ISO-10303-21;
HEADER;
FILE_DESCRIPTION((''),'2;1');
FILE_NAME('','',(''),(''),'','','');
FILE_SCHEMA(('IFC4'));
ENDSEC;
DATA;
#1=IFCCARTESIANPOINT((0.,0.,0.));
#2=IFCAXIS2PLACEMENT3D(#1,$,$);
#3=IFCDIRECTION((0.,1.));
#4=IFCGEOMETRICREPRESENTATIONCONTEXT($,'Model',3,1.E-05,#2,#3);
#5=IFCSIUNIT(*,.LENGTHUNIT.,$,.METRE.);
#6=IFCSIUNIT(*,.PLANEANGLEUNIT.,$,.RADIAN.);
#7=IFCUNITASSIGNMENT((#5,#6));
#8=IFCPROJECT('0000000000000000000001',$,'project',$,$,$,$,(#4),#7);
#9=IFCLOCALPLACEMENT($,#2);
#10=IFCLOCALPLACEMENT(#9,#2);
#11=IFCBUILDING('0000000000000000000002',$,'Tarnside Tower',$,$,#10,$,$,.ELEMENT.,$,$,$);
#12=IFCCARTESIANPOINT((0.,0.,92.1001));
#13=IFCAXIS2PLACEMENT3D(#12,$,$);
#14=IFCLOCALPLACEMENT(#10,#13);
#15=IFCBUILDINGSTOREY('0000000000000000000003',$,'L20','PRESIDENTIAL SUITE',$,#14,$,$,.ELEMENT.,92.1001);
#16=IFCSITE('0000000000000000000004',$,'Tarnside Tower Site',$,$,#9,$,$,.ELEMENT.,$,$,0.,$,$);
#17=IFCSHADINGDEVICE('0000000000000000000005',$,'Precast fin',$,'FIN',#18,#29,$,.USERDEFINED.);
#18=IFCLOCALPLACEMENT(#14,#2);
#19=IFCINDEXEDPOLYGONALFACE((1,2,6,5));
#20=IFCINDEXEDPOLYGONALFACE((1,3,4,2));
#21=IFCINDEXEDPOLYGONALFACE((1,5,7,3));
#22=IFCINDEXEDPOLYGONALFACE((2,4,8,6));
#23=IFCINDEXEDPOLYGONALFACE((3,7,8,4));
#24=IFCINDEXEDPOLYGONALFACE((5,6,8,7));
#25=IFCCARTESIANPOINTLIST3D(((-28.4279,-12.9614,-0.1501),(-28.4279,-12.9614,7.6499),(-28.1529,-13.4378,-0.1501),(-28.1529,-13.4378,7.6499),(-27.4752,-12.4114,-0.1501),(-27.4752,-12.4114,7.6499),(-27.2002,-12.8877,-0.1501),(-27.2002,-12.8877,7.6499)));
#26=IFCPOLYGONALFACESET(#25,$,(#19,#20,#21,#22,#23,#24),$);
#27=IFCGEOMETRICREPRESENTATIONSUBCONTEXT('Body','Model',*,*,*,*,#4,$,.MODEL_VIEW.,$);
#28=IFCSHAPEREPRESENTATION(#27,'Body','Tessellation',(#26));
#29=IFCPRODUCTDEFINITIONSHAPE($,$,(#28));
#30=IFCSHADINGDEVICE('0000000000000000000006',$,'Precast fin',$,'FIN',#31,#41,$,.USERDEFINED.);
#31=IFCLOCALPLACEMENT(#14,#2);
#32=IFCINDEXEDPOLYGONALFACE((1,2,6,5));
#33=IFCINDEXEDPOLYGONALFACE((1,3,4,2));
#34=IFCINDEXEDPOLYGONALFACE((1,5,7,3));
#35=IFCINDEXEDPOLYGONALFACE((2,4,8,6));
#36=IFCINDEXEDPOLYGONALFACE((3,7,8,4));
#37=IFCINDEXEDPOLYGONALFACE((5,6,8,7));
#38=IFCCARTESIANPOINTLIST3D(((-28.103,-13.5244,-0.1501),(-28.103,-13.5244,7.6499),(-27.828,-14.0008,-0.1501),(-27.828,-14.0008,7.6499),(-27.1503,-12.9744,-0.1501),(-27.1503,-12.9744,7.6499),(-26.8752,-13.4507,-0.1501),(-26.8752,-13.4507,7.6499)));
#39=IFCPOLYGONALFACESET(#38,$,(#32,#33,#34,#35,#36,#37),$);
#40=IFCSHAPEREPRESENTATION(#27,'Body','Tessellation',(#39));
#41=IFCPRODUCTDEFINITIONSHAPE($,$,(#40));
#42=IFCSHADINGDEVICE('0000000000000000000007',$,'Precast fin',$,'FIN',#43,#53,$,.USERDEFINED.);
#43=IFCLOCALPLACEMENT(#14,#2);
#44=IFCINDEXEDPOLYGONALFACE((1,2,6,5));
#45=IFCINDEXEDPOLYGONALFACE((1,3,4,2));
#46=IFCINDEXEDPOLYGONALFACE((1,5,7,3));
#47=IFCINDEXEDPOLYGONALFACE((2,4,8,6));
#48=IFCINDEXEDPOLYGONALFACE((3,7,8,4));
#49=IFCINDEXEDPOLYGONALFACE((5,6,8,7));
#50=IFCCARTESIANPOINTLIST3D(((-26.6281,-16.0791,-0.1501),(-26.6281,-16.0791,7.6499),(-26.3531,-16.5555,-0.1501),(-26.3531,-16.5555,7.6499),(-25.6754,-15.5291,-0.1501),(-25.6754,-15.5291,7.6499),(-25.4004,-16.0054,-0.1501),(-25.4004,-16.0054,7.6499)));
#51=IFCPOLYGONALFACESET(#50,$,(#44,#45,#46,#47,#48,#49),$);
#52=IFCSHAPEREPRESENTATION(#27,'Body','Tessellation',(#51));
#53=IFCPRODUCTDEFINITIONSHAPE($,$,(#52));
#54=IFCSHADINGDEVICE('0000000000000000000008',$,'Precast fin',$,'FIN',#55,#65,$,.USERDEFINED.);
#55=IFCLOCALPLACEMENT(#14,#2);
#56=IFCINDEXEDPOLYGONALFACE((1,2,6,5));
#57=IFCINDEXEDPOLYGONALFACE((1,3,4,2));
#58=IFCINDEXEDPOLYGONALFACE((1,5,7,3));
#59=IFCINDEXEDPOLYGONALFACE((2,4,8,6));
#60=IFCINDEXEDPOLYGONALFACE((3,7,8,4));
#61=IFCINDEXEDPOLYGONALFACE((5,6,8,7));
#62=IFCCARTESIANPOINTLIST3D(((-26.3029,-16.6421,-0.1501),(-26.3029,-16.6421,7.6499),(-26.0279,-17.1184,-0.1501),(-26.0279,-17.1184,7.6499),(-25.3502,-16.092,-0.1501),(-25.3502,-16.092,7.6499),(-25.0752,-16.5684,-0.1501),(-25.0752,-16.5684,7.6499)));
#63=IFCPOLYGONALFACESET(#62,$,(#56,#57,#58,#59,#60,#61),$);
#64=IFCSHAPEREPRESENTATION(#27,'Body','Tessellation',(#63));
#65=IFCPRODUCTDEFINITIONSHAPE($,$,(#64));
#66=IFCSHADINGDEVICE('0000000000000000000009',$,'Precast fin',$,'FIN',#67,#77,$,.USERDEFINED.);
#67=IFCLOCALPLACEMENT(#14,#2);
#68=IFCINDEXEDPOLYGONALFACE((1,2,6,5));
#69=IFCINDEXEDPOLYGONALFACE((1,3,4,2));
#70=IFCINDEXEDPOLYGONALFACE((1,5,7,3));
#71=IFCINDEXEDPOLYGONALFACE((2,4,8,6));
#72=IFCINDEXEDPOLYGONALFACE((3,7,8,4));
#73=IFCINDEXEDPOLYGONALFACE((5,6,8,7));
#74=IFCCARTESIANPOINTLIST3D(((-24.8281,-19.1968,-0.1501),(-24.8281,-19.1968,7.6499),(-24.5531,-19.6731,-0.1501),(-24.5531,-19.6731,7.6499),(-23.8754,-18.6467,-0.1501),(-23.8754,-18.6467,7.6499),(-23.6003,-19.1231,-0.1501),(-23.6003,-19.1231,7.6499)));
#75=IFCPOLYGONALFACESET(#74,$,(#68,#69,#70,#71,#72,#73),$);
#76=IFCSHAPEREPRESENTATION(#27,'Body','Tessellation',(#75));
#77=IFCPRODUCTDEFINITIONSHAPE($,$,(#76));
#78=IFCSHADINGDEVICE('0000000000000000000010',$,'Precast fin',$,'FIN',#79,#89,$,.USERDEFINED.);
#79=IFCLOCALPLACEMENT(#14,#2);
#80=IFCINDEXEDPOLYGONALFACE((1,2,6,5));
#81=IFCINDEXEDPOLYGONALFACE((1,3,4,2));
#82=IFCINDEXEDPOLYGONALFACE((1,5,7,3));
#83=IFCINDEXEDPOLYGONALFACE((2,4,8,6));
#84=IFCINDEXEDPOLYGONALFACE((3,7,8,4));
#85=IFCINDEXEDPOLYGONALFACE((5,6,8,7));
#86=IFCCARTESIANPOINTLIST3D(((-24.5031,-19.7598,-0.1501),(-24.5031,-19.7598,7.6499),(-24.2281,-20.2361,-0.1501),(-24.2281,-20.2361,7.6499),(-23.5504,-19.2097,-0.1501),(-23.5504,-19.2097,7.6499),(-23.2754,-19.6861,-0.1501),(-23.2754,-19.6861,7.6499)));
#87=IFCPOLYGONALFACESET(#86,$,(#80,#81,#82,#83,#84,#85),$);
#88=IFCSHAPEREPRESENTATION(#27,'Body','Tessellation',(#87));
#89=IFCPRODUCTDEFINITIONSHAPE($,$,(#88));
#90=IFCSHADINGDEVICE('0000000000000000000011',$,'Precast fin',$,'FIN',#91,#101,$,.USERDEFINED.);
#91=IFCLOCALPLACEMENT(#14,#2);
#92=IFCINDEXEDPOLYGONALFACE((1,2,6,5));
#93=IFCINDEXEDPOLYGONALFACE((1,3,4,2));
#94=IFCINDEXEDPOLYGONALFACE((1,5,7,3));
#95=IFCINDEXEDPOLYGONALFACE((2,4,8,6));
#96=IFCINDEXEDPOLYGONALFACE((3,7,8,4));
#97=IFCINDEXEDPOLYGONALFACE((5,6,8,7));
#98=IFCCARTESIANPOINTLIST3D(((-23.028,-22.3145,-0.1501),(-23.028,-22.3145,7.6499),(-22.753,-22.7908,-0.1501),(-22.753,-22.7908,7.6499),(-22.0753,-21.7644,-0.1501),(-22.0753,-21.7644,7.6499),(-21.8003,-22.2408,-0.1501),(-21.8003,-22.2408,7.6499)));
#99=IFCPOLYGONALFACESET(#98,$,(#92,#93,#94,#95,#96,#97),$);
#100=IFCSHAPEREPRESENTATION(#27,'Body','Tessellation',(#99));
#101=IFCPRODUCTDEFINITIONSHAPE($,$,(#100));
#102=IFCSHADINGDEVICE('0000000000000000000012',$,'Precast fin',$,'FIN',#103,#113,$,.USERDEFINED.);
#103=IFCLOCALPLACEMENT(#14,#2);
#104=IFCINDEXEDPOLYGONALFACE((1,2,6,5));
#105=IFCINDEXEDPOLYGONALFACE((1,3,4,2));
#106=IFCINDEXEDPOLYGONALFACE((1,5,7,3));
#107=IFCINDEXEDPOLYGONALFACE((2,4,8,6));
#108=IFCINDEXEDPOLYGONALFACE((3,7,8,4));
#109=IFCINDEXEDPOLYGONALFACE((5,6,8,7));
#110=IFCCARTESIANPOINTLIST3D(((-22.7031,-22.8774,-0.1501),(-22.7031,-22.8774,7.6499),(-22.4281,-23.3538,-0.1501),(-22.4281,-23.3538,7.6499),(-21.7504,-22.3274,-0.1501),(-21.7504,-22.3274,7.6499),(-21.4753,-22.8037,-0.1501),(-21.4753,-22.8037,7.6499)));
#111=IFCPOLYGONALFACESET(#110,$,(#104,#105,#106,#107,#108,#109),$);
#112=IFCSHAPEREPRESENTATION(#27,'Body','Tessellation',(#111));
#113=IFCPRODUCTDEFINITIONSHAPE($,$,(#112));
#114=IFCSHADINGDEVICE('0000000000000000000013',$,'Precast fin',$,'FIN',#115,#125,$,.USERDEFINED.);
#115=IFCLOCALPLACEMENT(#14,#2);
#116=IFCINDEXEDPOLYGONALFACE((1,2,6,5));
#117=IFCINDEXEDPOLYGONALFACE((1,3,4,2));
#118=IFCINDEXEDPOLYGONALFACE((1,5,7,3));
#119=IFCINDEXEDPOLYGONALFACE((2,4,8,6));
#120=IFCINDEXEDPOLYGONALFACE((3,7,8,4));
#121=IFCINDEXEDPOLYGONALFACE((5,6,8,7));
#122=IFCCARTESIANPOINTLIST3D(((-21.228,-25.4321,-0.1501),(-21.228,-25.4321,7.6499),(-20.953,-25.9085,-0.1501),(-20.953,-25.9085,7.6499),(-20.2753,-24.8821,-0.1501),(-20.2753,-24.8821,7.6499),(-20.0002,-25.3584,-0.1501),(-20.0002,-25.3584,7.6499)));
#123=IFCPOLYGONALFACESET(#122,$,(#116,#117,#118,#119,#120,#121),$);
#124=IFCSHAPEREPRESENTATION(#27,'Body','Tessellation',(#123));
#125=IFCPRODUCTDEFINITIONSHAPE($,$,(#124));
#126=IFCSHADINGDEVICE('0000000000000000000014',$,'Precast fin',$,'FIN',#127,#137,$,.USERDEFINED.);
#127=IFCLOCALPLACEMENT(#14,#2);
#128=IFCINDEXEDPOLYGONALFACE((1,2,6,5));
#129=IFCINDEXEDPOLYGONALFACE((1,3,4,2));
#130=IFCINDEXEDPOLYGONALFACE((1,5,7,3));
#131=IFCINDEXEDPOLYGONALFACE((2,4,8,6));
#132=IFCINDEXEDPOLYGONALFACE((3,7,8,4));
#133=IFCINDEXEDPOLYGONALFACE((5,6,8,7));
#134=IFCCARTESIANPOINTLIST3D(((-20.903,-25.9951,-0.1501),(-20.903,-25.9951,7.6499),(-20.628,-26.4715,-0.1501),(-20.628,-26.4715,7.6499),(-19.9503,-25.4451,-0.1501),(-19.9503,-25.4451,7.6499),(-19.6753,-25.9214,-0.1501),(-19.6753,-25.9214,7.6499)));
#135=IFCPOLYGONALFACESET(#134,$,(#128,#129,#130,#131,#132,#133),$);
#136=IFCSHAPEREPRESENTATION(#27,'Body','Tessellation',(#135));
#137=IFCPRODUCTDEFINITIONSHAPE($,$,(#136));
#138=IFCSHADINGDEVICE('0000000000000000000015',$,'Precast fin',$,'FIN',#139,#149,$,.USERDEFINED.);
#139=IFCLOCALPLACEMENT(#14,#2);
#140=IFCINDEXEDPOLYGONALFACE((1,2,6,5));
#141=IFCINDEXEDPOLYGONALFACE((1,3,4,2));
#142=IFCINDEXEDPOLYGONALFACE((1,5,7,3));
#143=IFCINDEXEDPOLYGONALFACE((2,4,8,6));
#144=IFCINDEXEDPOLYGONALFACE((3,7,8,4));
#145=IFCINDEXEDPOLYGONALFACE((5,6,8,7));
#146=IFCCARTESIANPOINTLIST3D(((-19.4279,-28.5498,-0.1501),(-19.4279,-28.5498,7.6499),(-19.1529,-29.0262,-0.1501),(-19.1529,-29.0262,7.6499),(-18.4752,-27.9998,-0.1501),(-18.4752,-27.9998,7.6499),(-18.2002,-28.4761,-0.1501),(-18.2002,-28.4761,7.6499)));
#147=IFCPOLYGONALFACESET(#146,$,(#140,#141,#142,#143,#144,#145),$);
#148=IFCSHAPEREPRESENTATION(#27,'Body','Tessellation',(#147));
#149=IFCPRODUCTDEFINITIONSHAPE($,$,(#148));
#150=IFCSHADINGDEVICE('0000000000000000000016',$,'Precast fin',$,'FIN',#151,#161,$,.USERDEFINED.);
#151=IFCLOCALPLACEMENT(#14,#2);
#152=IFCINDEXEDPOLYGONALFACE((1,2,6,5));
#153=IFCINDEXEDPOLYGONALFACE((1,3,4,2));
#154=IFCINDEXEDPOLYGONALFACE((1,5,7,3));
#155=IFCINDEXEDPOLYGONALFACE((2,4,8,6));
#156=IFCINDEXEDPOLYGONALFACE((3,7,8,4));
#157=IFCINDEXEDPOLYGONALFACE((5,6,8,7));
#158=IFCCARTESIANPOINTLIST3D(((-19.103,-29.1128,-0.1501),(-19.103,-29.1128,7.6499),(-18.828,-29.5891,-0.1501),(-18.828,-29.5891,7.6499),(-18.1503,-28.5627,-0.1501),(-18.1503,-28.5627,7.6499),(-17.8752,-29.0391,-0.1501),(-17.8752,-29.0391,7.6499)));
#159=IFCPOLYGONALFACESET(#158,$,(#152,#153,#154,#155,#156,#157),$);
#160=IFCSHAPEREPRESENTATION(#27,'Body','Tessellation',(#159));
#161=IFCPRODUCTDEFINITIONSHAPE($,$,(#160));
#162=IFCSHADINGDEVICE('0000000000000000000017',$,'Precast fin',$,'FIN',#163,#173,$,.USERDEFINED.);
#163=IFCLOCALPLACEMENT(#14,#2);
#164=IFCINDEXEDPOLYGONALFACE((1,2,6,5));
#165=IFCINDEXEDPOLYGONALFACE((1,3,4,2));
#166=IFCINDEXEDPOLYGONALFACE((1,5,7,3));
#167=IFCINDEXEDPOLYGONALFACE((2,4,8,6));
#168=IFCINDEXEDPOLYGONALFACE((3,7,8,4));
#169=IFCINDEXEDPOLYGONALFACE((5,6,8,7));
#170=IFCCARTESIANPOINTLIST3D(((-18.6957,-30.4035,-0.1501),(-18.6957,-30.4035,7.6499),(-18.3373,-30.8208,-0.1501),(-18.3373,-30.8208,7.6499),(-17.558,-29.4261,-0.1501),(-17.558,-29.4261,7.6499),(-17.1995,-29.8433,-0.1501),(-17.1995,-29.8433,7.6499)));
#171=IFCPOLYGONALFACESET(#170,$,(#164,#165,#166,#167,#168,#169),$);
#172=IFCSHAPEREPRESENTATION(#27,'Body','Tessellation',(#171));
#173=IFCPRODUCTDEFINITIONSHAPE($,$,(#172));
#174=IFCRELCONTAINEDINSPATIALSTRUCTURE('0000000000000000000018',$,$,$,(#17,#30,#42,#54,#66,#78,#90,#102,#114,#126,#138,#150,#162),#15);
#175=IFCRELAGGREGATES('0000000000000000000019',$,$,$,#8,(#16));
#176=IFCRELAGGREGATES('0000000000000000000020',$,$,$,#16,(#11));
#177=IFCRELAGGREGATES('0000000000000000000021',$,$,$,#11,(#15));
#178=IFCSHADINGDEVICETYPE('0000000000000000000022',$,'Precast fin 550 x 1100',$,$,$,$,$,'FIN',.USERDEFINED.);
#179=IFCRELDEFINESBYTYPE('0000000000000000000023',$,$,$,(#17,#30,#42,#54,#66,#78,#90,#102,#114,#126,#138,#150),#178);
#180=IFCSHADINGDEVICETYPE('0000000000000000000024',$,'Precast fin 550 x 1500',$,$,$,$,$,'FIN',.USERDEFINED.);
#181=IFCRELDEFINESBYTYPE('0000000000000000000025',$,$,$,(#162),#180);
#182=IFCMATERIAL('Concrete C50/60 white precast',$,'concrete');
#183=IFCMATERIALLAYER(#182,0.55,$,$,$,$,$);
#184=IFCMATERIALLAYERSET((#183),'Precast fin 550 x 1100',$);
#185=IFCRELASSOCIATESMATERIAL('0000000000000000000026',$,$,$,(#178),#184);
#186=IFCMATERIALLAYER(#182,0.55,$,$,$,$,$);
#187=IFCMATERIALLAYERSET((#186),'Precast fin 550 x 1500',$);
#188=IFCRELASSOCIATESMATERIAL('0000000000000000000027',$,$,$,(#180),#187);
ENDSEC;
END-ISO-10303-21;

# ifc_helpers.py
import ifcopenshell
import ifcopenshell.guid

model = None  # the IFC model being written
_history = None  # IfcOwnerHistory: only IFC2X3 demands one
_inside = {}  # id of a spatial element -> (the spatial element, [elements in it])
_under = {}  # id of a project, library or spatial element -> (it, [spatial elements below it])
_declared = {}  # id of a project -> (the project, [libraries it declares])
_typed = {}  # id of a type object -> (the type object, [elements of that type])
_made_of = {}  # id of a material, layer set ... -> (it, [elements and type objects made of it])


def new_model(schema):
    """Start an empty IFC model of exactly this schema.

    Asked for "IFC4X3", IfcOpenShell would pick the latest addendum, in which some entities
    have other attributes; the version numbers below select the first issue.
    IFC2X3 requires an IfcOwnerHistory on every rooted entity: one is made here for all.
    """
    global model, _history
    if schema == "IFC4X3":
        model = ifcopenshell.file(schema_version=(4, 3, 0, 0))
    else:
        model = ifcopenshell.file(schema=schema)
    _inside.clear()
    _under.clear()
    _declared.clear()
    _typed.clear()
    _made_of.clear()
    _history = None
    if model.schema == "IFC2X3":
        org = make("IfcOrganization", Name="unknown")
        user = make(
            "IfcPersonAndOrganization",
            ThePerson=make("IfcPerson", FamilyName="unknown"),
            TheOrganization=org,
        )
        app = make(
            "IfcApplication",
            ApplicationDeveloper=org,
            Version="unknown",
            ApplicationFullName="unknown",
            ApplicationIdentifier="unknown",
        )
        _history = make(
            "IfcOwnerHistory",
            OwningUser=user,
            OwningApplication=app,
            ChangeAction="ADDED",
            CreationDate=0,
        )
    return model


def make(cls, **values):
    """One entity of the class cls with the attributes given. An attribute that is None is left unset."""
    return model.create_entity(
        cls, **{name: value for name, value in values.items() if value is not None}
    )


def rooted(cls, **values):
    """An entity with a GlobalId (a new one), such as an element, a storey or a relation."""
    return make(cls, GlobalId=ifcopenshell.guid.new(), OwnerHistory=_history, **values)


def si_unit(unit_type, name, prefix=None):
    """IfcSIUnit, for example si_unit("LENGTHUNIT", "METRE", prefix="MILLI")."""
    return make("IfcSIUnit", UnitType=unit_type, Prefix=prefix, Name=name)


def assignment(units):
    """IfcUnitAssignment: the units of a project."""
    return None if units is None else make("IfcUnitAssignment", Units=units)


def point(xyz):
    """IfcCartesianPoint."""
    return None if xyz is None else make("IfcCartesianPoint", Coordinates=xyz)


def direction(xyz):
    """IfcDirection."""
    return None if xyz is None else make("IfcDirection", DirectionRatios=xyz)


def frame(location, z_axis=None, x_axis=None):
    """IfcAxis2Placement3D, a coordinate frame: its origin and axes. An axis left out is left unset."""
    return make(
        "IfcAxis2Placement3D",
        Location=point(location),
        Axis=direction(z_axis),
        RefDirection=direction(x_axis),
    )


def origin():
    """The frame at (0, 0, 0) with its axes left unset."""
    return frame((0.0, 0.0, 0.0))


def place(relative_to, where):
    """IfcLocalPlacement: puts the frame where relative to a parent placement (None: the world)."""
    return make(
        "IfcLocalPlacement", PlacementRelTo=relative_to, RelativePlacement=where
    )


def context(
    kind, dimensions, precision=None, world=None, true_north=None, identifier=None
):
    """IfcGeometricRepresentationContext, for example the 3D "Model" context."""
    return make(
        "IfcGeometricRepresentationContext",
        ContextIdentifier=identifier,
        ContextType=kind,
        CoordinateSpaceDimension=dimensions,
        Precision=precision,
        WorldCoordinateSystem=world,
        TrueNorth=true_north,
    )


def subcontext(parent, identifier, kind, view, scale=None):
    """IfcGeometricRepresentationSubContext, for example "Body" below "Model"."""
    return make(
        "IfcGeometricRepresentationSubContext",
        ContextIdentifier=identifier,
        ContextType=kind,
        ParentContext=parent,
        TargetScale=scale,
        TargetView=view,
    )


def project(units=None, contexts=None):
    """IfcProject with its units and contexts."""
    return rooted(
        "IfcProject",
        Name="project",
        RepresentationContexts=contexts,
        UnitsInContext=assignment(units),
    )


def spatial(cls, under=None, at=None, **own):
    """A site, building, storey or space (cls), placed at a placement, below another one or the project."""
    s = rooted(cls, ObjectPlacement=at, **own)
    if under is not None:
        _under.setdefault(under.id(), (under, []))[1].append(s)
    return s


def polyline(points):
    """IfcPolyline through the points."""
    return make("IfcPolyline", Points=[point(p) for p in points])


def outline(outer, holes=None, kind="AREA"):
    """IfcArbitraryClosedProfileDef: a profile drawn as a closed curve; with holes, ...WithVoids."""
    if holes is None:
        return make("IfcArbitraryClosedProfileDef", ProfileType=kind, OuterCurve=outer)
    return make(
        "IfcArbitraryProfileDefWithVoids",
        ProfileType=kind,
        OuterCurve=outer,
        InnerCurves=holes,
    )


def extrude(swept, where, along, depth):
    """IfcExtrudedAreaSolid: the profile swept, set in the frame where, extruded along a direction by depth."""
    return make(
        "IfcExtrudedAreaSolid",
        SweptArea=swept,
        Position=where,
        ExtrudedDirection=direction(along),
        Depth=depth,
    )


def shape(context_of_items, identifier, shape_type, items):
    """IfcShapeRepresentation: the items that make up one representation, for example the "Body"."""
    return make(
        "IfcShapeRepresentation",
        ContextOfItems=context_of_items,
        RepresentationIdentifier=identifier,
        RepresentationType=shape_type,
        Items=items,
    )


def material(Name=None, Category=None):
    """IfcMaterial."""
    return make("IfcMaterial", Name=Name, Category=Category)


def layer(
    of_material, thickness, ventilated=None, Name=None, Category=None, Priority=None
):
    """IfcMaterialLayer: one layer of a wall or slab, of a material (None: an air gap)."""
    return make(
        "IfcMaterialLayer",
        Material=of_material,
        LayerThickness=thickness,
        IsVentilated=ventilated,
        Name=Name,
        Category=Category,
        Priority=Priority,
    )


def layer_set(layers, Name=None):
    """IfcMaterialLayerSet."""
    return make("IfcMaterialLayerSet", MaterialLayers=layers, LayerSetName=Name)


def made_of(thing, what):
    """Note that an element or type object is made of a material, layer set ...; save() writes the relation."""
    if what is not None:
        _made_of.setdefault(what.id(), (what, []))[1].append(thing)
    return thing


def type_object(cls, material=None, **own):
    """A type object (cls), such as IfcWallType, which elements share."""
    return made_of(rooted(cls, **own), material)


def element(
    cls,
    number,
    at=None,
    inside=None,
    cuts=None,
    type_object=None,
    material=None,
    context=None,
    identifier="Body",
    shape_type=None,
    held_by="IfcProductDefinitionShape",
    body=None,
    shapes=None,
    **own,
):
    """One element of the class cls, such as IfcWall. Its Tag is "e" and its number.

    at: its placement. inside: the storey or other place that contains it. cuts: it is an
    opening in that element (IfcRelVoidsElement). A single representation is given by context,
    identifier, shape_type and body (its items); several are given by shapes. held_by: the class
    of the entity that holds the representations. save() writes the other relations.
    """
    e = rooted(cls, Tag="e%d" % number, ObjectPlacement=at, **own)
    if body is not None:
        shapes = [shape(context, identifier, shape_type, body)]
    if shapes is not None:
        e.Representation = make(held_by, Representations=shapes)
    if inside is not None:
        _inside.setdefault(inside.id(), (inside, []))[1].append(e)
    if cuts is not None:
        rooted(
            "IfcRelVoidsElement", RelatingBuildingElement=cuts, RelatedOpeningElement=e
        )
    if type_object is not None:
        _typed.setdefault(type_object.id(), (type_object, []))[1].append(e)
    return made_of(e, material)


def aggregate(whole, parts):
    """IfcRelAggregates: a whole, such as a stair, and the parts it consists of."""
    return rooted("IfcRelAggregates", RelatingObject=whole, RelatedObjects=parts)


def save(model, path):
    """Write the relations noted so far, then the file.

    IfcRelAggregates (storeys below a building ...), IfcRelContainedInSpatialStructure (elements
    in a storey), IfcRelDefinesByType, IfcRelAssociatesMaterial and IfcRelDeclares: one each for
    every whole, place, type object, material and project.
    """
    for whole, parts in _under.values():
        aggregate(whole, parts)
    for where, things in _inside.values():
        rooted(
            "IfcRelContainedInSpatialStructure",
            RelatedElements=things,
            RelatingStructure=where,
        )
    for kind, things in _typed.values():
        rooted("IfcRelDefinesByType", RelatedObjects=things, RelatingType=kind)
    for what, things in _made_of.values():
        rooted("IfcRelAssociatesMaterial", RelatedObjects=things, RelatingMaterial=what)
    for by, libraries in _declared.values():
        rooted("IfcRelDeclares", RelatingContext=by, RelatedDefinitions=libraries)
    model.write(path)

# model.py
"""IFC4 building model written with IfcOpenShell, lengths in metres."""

from ifc_helpers import new_model, si_unit, direction, frame, origin, place, context, subcontext, project, spatial, polyline, outline, extrude, material, layer, layer_set, type_object, element, save


model = new_model("IFC4")

# Units and contexts
model_context = context("Model", 3, precision=1e-05, world=origin(), true_north=direction((0.0, 1.0)))
body_context = subcontext(model_context, "Body", "Model", "MODEL_VIEW")
ifc_project = project(units=[si_unit("LENGTHUNIT", "METRE"), si_unit("PLANEANGLEUNIT", "RADIAN")], contexts=[model_context])

# Site, building, storey
site_placement = place(None, origin())
site = spatial("IfcSite", under=ifc_project, at=site_placement, Name="Tarnside Tower Site", CompositionType="ELEMENT", RefElevation=0.0)
building_placement = place(site_placement, origin())
building = spatial("IfcBuilding", under=site, at=building_placement, Name="Tarnside Tower", CompositionType="ELEMENT")
storey_placement = place(building_placement, frame((0.0, 0.0, 92.1001)))
storey = spatial("IfcBuildingStorey", under=building, at=storey_placement, Name="L20", Description="PRESIDENTIAL SUITE", CompositionType="ELEMENT", Elevation=92.1001)

# Shading devices
ifc_material_1 = material(Name="Concrete C50/60 white precast", Category="concrete")
ifc_layer_1 = layer(ifc_material_1, 0.55)
ifc_layer_set_1 = layer_set([ifc_layer_1], Name="Precast fin 550 x 1100")
shading_device_type_1 = type_object("IfcShadingDeviceType", Name="Precast fin 550 x 1100", ElementType="FIN", PredefinedType="USERDEFINED", material=ifc_layer_set_1)
for number, where, z_axis, x_axis, name in (
    (1, (-27.3376, -12.6497, -0.1501), (-0.5, 0.866025, 0.0), (-0.866025, -0.5, 0.0), "Precast fin"),
    (2, (-27.0127, -13.2126, -0.1501), (-0.5, 0.866025, 0.0), (-0.866025, -0.5, 0.0), "Precast fin"),
    (3, (-25.5378, -15.7673, -0.1501), (-0.5, 0.866025, 0.0), (-0.866025, -0.5, 0.0), "Precast fin"),
    (4, (-25.2126, -16.3303, -0.1501), (-0.5, 0.866025, 0.0), (-0.866025, -0.5, 0.0), "Precast fin"),
    (5, (-23.7378, -18.885, -0.1501), (-0.5, 0.866025, 0.0), (-0.866025, -0.5, 0.0), "Precast fin"),
    (6, (-23.4128, -19.448, -0.1501), (-0.5, 0.866025, 0.0), (-0.866025, -0.5, 0.0), "Precast fin"),
    (7, (-21.9377, -22.0027, -0.1501), (-0.5, 0.866025, 0.0), (-0.866025, -0.5, 0.0), "Precast fin"),
    (8, (-21.6128, -22.5657, -0.1501), (-0.5, 0.866025, 0.0), (-0.866025, -0.5, 0.0), "Precast fin"),
    (9, (-20.1377, -25.1204, -0.1501), (-0.5, 0.866025, 0.0), (-0.866025, -0.5, 0.0), "Precast fin"),
    (10, (-19.8127, -25.6833, -0.1501), (-0.5, 0.866025, 0.0), (-0.866025, -0.5, 0.0), "Precast fin"),
    (11, (-18.3376, -28.238, -0.1501), (-0.5, 0.866025, 0.0), (-0.866025, -0.5, 0.0), "Precast fin"),
    (12, (-18.0127, -28.801, -0.1501), (-0.5, 0.866025, 0.0), (-0.866025, -0.5, 0.0), "Precast fin"),
):
    element("IfcShadingDevice", number, at=place(storey_placement, frame(where, z_axis=z_axis, x_axis=x_axis)), inside=storey, type_object=shading_device_type_1, Name=name, ObjectType="FIN", PredefinedType="USERDEFINED", context=body_context, shape_type="SweptSolid", body=[
        extrude(outline(polyline([(0.0, 0.0), (1.1001, 0.0), (1.1001, 7.8), (0.0, 7.8), (0.0, 0.0)])), frame((0.0, 0.0, -0.2749)), (0.0, 0.0, 1.0), 0.55),
    ])
ifc_layer_2 = layer(ifc_material_1, 0.55)
ifc_layer_set_2 = layer_set([ifc_layer_2], Name="Precast fin 550 x 1500")
shading_device_type_2 = type_object("IfcShadingDeviceType", Name="Precast fin 550 x 1500", ElementType="FIN", PredefinedType="USERDEFINED", material=ifc_layer_set_2)
shading_device_placement = place(storey_placement, frame((-17.3787, -29.6348, -0.1501), z_axis=(-0.651657, 0.758514, 0.0), x_axis=(-0.758514, -0.651657, 0.0)))
element("IfcShadingDevice", 13, at=shading_device_placement, inside=storey, type_object=shading_device_type_2, Name="Precast fin", ObjectType="FIN", PredefinedType="USERDEFINED", context=body_context, shape_type="SweptSolid", body=[
    extrude(outline(polyline([(0.0, 0.0), (1.5, 0.0), (1.5, 7.8), (0.0, 7.8), (0.0, 0.0)])), frame((0.0, 0.0, -0.2749)), (0.0, 0.0, 1.0), 0.55),
])

save(model, "model.ifc")
